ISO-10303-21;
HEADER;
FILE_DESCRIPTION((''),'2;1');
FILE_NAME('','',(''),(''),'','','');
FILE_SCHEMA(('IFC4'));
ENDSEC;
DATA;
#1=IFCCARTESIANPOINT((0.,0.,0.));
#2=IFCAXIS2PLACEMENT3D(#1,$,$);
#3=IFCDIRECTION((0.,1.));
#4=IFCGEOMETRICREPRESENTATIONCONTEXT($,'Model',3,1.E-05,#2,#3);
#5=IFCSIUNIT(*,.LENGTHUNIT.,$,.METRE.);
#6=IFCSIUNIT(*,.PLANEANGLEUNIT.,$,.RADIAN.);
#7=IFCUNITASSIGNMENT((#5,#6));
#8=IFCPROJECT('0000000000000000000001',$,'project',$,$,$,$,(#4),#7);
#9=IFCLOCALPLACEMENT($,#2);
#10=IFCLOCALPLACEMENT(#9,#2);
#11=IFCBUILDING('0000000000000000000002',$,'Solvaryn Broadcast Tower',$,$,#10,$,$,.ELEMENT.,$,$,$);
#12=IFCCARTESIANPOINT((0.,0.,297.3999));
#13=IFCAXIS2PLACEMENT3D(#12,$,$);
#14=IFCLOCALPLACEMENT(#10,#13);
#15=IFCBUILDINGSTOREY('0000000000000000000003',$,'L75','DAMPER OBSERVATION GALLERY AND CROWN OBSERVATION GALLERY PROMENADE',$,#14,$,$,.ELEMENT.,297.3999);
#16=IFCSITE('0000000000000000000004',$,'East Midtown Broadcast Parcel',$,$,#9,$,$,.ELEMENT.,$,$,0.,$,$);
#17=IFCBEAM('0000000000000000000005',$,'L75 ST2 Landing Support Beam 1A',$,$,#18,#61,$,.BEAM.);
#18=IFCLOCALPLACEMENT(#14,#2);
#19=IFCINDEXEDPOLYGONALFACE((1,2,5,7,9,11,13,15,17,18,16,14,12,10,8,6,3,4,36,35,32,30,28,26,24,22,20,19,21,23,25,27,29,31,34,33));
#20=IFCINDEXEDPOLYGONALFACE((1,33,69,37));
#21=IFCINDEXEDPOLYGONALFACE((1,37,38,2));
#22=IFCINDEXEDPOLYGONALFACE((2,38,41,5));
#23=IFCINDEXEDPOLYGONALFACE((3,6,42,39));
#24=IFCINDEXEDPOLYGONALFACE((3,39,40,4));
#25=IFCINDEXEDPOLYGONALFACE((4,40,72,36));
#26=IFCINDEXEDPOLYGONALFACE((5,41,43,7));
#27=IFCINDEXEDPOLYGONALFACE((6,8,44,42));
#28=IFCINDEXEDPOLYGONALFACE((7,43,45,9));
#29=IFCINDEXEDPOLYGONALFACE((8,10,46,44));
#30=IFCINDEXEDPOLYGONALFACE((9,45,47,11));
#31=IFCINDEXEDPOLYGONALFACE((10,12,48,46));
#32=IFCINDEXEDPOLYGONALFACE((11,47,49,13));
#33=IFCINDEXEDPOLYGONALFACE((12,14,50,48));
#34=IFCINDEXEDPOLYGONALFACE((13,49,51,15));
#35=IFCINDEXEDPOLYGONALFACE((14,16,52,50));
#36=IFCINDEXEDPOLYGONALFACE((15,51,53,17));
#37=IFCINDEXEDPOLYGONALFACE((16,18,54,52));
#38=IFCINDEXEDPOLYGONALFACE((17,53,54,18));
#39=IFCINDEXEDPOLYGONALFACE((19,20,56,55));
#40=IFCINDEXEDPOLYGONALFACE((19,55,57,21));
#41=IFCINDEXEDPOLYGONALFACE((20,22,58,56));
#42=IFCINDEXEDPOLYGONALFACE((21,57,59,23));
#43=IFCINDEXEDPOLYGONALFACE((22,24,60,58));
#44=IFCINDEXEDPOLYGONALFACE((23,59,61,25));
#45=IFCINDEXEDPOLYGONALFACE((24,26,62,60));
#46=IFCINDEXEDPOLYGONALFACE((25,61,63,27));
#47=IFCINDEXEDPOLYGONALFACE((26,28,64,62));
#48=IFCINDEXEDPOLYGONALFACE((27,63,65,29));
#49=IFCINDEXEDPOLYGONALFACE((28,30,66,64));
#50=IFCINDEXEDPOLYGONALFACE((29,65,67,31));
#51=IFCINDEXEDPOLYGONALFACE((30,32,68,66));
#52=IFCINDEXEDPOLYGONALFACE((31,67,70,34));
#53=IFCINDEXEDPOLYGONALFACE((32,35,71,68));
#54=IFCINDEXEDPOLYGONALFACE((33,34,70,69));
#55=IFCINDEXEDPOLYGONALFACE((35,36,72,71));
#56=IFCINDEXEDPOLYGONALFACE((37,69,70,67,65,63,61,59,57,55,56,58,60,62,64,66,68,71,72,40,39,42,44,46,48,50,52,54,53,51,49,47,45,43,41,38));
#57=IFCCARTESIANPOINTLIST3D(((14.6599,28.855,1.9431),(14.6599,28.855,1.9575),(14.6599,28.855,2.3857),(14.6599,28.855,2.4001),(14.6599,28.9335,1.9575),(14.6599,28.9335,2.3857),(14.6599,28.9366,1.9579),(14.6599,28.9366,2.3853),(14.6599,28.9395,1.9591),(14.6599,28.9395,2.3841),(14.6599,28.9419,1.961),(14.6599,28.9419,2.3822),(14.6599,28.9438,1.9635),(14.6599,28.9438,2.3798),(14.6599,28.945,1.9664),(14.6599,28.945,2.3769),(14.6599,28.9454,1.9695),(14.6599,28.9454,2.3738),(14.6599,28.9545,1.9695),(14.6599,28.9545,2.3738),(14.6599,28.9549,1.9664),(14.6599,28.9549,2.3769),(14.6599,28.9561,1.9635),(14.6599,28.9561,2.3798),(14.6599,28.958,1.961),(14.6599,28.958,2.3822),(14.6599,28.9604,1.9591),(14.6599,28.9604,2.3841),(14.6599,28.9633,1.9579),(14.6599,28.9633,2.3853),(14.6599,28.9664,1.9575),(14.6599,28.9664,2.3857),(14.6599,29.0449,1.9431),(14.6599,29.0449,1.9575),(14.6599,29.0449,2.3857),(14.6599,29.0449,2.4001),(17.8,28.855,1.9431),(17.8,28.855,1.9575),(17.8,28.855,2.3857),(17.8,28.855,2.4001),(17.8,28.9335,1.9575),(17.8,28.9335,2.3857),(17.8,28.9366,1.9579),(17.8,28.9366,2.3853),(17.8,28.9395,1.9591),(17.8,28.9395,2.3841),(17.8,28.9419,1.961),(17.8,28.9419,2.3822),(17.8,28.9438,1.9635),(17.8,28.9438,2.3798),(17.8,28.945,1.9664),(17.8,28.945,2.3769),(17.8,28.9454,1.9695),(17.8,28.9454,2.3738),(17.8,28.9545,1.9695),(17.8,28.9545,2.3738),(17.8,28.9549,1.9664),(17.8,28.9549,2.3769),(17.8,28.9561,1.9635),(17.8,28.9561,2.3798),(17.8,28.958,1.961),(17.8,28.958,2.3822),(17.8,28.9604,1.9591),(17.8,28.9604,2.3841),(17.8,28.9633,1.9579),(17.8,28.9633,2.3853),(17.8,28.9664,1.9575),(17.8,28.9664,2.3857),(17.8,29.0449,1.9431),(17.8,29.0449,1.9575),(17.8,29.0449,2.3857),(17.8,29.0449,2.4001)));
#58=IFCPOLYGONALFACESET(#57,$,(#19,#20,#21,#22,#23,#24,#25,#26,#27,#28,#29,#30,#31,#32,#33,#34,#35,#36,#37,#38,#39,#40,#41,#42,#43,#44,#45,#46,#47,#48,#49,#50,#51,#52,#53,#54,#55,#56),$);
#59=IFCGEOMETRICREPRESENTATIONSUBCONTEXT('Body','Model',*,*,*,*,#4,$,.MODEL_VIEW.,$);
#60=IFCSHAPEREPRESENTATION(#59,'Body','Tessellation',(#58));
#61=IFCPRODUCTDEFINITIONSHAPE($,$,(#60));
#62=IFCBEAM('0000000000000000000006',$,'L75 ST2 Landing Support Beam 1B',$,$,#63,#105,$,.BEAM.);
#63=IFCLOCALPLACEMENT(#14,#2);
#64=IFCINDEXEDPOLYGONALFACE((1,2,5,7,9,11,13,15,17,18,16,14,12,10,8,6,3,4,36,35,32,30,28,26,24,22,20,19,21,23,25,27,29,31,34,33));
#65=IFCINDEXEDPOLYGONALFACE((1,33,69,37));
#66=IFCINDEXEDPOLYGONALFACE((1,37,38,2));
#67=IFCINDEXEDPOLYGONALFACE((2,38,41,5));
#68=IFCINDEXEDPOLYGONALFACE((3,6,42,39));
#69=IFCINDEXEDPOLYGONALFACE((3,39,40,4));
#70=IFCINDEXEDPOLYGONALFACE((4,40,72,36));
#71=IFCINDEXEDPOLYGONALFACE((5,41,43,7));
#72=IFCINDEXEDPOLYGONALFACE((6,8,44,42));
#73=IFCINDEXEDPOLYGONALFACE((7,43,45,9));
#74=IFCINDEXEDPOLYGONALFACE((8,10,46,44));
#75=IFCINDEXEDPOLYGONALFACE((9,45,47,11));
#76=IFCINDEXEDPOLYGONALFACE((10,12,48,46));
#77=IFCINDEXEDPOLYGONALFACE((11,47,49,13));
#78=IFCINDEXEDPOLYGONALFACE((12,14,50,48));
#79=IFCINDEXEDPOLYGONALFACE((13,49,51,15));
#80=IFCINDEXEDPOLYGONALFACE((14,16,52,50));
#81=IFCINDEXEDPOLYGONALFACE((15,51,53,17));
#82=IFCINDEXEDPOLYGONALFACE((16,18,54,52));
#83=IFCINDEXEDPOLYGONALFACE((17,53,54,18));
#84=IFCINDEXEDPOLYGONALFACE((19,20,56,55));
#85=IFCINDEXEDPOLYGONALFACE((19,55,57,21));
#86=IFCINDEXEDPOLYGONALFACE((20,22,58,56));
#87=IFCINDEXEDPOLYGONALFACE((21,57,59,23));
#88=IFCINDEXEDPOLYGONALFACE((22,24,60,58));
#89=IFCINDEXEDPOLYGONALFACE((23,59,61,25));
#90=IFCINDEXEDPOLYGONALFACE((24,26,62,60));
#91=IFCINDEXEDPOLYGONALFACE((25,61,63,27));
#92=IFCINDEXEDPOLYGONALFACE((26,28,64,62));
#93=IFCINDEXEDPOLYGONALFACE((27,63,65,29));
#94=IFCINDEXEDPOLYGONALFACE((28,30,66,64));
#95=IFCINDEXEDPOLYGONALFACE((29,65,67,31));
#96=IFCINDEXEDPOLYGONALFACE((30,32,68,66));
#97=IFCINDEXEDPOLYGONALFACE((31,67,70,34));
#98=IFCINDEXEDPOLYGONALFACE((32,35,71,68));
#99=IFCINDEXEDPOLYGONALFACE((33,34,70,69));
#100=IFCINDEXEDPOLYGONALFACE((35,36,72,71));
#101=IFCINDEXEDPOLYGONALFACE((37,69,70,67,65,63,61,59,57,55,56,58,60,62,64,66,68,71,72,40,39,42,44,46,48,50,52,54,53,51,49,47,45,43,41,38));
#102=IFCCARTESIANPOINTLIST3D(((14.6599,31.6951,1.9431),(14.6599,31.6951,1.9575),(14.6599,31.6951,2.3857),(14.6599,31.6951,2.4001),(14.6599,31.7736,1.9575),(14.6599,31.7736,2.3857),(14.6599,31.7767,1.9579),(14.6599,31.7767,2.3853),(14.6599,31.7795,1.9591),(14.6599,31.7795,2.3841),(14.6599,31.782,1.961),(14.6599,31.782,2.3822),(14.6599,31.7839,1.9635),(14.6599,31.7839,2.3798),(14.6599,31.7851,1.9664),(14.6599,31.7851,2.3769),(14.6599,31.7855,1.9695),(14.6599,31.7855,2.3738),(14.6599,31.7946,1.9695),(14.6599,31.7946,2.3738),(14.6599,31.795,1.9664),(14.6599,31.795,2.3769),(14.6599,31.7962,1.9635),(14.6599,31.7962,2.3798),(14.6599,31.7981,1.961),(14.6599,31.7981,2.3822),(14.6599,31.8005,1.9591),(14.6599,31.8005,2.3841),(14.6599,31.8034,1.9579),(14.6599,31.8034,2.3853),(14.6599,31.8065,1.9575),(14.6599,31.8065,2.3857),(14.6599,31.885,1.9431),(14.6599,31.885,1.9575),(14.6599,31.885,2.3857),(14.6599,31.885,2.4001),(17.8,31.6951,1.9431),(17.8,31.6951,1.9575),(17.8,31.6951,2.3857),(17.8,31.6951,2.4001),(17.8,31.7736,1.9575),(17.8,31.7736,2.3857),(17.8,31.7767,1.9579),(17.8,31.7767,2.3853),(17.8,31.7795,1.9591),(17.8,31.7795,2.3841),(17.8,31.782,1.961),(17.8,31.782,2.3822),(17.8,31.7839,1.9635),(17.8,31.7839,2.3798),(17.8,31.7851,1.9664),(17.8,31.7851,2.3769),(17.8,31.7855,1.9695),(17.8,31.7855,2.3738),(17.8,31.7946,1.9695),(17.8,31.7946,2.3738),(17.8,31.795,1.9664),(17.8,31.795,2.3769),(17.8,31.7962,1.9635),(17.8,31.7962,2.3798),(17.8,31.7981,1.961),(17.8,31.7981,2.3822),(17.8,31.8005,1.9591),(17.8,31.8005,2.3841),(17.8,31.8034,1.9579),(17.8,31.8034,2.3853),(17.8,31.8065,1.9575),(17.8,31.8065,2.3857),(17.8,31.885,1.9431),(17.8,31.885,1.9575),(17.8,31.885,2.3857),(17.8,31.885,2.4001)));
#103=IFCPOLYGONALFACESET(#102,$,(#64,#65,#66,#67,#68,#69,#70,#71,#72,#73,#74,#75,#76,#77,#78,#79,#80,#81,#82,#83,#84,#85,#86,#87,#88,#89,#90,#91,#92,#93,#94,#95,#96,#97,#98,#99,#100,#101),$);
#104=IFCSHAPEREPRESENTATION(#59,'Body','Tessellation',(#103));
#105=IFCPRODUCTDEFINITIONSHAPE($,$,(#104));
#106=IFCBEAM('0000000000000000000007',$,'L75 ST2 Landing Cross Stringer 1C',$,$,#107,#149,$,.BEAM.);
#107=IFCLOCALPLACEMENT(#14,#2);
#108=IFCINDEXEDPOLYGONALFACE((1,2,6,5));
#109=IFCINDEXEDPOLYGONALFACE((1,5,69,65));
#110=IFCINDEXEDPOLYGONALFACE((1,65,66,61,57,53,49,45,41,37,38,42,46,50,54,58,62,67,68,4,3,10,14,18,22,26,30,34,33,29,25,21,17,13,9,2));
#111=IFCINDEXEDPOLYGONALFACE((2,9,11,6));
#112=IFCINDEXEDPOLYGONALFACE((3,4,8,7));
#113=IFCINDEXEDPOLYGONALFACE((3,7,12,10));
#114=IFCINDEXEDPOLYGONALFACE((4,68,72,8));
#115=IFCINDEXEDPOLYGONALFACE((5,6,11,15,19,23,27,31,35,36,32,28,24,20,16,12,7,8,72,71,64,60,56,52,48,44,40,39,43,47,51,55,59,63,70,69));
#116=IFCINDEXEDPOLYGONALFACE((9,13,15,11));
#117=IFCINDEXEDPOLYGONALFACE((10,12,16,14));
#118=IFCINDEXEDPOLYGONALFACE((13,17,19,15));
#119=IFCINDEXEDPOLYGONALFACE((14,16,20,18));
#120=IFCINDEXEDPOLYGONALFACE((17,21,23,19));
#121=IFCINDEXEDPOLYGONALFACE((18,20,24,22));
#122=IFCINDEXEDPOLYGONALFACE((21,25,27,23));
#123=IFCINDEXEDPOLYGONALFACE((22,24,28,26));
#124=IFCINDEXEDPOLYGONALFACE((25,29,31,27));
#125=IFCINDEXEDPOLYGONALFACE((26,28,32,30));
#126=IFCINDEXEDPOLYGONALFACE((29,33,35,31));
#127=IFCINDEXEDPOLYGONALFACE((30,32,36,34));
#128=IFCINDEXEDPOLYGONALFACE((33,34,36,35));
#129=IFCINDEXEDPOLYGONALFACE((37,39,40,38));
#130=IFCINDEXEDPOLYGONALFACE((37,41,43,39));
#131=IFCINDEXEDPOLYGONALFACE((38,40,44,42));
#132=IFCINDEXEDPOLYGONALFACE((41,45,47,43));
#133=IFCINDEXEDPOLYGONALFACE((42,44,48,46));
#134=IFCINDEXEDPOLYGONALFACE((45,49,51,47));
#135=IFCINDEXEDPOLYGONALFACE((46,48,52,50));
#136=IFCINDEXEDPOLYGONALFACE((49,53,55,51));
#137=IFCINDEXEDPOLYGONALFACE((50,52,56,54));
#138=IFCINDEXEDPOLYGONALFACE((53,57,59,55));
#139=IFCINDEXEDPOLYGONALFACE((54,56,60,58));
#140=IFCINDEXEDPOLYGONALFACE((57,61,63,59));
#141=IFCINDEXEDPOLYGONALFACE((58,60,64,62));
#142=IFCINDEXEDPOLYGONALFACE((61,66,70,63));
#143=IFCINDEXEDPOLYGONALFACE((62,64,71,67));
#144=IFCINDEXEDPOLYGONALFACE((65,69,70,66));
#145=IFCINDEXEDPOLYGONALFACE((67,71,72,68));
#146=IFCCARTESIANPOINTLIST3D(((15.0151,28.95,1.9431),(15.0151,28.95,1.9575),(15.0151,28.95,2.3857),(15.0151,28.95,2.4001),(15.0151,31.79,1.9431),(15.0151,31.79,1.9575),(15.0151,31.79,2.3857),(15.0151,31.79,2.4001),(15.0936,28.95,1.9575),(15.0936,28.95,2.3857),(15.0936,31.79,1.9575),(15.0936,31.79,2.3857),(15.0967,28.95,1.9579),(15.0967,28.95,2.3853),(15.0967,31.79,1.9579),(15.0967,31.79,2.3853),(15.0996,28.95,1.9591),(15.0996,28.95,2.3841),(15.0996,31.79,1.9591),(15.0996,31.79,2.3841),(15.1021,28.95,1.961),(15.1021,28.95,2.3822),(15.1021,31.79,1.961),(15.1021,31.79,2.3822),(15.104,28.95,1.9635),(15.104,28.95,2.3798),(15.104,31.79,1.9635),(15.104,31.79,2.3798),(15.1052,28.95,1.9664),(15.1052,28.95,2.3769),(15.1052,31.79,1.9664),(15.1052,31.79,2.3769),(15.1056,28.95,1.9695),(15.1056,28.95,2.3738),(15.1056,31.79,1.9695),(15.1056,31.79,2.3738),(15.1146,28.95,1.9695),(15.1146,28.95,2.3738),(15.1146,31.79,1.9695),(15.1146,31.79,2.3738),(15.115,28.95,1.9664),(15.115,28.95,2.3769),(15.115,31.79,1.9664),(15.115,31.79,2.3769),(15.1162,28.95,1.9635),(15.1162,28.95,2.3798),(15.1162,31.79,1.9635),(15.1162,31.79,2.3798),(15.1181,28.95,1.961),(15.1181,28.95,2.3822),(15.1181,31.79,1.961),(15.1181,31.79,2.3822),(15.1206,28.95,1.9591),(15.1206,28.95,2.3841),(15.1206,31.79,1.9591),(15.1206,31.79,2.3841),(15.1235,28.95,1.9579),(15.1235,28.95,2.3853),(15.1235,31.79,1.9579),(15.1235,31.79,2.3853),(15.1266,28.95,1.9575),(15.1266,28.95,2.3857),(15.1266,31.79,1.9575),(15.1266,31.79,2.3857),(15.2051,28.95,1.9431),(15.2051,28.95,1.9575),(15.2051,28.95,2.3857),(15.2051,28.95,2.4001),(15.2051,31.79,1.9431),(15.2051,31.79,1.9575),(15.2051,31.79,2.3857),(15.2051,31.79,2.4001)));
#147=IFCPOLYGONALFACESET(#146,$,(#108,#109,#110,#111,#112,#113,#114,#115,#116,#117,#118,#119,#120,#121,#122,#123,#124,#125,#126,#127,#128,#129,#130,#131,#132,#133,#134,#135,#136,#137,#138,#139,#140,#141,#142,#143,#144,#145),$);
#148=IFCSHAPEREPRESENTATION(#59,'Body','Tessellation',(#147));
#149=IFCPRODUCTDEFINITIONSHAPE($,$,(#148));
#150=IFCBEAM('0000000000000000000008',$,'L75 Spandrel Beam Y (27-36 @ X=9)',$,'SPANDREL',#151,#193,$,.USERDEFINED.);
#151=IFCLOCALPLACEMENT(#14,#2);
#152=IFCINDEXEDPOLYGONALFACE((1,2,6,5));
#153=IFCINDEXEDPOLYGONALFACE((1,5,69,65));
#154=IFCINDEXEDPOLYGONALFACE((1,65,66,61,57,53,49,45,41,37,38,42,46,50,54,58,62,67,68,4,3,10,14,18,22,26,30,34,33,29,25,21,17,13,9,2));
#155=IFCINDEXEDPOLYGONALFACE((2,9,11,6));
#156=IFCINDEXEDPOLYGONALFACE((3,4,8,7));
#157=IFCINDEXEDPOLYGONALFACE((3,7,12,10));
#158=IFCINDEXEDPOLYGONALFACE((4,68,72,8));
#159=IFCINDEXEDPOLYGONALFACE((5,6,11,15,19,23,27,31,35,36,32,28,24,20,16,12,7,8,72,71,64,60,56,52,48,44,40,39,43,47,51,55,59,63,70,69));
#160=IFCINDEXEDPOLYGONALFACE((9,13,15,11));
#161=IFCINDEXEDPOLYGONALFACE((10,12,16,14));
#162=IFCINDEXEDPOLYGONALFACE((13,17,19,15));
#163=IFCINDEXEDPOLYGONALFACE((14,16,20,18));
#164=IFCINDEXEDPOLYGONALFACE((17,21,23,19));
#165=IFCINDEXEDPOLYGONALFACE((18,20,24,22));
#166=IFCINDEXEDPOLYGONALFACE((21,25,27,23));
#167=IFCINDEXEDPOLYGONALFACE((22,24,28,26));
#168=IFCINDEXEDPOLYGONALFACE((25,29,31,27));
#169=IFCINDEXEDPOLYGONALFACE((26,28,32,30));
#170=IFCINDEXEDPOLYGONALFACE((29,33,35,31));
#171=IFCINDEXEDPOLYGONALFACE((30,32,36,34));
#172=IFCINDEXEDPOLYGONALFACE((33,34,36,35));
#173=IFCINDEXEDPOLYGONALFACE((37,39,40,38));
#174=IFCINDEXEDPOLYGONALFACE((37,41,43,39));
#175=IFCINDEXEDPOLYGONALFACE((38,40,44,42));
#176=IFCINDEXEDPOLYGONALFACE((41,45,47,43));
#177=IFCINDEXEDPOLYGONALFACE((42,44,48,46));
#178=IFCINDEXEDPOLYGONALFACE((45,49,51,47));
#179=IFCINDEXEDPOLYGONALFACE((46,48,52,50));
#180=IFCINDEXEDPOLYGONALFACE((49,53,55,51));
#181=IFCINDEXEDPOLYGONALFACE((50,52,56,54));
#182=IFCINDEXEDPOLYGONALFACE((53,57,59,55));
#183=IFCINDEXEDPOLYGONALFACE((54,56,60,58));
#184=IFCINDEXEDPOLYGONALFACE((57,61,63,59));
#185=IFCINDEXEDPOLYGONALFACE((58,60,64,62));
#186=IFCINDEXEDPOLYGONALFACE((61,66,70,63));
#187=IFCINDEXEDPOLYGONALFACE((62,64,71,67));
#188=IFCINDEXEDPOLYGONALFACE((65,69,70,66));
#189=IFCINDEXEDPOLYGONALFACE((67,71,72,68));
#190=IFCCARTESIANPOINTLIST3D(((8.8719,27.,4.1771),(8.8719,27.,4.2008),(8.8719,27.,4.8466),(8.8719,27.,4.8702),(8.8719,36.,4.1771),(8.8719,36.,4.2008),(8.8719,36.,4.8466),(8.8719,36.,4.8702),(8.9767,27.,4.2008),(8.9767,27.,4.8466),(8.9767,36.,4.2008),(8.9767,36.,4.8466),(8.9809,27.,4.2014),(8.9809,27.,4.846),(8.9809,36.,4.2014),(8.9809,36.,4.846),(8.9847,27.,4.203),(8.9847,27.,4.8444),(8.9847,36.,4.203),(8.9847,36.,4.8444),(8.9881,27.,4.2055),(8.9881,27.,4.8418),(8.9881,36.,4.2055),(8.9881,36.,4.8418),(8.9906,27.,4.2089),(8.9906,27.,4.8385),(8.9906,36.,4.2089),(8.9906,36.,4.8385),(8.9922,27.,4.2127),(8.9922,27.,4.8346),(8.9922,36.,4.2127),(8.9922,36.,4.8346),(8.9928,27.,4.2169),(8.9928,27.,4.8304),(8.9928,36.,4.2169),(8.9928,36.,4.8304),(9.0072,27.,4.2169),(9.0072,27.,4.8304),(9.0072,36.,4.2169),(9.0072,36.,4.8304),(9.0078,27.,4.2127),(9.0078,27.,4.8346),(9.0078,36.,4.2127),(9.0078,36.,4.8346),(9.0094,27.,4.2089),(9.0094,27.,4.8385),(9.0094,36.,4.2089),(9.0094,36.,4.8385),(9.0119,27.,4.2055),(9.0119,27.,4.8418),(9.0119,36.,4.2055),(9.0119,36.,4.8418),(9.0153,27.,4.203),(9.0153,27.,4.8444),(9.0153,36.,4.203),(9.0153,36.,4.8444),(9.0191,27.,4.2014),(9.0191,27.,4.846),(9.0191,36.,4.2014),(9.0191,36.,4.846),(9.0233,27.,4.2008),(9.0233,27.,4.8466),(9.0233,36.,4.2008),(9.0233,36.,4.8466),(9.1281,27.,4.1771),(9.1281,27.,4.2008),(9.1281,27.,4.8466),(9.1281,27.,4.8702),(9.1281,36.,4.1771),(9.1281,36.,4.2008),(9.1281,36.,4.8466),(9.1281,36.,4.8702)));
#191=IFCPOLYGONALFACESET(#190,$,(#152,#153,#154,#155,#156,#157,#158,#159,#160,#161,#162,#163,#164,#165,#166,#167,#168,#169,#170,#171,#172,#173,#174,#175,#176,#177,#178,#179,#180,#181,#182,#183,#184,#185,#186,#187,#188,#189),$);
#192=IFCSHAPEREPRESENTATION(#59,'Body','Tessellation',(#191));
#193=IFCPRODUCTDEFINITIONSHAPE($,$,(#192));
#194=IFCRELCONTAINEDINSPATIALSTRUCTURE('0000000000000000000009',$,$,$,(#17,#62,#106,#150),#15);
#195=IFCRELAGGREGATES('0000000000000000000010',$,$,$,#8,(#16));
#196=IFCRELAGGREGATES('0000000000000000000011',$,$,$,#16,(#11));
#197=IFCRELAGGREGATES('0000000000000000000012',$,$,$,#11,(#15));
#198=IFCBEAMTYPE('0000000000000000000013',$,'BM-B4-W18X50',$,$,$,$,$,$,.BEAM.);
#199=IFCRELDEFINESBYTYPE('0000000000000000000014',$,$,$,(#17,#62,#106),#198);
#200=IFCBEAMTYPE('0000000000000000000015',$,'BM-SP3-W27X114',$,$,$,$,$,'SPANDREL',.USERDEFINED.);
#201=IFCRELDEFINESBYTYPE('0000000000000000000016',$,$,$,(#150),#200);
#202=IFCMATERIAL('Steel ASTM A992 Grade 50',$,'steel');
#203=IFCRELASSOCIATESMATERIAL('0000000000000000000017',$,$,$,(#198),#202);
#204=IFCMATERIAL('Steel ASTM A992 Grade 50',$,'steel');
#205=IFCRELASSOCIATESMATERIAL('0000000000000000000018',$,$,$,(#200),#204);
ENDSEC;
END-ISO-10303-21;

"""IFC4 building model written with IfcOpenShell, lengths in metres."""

from ifc_helpers import new_model, si_unit, direction, frame, origin, origin_2d, place, context, subcontext, project, spatial, i_section, extrude, material, material_profile, profile_set, type_object, element, save


model = new_model("IFC4")

# Units and contexts
model_context = context("Model", 3, precision=1e-05, world=origin(), true_north=direction((0.0, 1.0)))
body_context = subcontext(model_context, "Body", "Model", "MODEL_VIEW")
ifc_project = project(units=[si_unit("LENGTHUNIT", "METRE"), si_unit("PLANEANGLEUNIT", "RADIAN")], contexts=[model_context])

# Site, building, storey
site_placement = place(None, origin())
site = spatial("IfcSite", under=ifc_project, at=site_placement, Name="East Midtown Broadcast Parcel", CompositionType="ELEMENT", RefElevation=0.0)
building_placement = place(site_placement, origin())
building = spatial("IfcBuilding", under=site, at=building_placement, Name="Solvaryn Broadcast Tower", CompositionType="ELEMENT")
storey_placement = place(building_placement, frame((0.0, 0.0, 297.3999)))
storey = spatial("IfcBuildingStorey", under=building, at=storey_placement, Name="L75", Description="DAMPER OBSERVATION GALLERY AND CROWN OBSERVATION GALLERY PROMENADE", CompositionType="ELEMENT", Elevation=297.3999)

# Beams
ifc_material_1 = material(Name="Steel ASTM A992 Grade 50", Category="steel")
ifc_material_profile_1 = material_profile(ifc_material_1, i_section(OverallWidth=0.1899, OverallDepth=0.457, WebThickness=0.009, FlangeThickness=0.0144, FilletRadius=0.012, at=origin_2d()))
ifc_profile_set_1 = profile_set([ifc_material_profile_1], Name="Steel ASTM A992 Grade 50")
beam_type_1 = type_object("IfcBeamType", Name="BM-B4-W18X50", PredefinedType="BEAM", material=ifc_profile_set_1)
for number, where, z_axis, x_axis, name in (
    (1, (14.6599, 28.95, 2.1716), (1.0, 0.0, 0.0), (0.0, 1.0, 0.0), "L75 ST2 Landing Support Beam 1A"),
    (2, (14.6599, 31.79, 2.1716), (1.0, 0.0, 0.0), (0.0, 1.0, 0.0), "L75 ST2 Landing Support Beam 1B"),
):
    element("IfcBeam", number, at=place(storey_placement, frame(where, z_axis=z_axis, x_axis=x_axis)), inside=storey, type_object=beam_type_1, Name=name, PredefinedType="BEAM", context=body_context, shape_type="SweptSolid", body=[
        extrude(i_section(OverallWidth=0.1899, OverallDepth=0.457, WebThickness=0.009, FlangeThickness=0.0144, FilletRadius=0.012, at=origin_2d()), origin(), (0.0, 0.0, 1.0), 3.1401),
    ])
beam_1_placement = place(storey_placement, frame((15.1101, 28.95, 2.1716), z_axis=(0.0, 1.0, 0.0), x_axis=(-1.0, 0.0, 0.0)))
element("IfcBeam", 3, at=beam_1_placement, inside=storey, type_object=beam_type_1, Name="L75 ST2 Landing Cross Stringer 1C", PredefinedType="BEAM", context=body_context, shape_type="SweptSolid", body=[
    extrude(i_section(OverallWidth=0.1899, OverallDepth=0.457, WebThickness=0.009, FlangeThickness=0.0144, FilletRadius=0.012, at=origin_2d()), origin(), (0.0, 0.0, 1.0), 2.8401),
])
ifc_material_2 = material(Name="Steel ASTM A992 Grade 50", Category="steel")
ifc_material_profile_2 = material_profile(ifc_material_2, i_section(OverallWidth=0.2561, OverallDepth=0.6931, WebThickness=0.0144, FlangeThickness=0.0237, FilletRadius=0.0161, at=origin_2d()))
ifc_profile_set_2 = profile_set([ifc_material_profile_2], Name="Steel ASTM A992 Grade 50")
beam_type_2 = type_object("IfcBeamType", Name="BM-SP3-W27X114", ElementType="SPANDREL", PredefinedType="USERDEFINED", material=ifc_profile_set_2)
beam_2_placement = place(storey_placement, frame((9.0, 27.0, 4.5237), z_axis=(0.0, 1.0, 0.0), x_axis=(-1.0, 0.0, 0.0)))
element("IfcBeam", 4, at=beam_2_placement, inside=storey, type_object=beam_type_2, Name="L75 Spandrel Beam Y (27-36 @ X=9)", ObjectType="SPANDREL", PredefinedType="USERDEFINED", context=body_context, shape_type="SweptSolid", body=[
    extrude(i_section(OverallWidth=0.2561, OverallDepth=0.6931, WebThickness=0.0144, FlangeThickness=0.0237, FilletRadius=0.0161, at=origin_2d()), origin(), (0.0, 0.0, 1.0), 9.0),
])

save(model, "model.ifc")
